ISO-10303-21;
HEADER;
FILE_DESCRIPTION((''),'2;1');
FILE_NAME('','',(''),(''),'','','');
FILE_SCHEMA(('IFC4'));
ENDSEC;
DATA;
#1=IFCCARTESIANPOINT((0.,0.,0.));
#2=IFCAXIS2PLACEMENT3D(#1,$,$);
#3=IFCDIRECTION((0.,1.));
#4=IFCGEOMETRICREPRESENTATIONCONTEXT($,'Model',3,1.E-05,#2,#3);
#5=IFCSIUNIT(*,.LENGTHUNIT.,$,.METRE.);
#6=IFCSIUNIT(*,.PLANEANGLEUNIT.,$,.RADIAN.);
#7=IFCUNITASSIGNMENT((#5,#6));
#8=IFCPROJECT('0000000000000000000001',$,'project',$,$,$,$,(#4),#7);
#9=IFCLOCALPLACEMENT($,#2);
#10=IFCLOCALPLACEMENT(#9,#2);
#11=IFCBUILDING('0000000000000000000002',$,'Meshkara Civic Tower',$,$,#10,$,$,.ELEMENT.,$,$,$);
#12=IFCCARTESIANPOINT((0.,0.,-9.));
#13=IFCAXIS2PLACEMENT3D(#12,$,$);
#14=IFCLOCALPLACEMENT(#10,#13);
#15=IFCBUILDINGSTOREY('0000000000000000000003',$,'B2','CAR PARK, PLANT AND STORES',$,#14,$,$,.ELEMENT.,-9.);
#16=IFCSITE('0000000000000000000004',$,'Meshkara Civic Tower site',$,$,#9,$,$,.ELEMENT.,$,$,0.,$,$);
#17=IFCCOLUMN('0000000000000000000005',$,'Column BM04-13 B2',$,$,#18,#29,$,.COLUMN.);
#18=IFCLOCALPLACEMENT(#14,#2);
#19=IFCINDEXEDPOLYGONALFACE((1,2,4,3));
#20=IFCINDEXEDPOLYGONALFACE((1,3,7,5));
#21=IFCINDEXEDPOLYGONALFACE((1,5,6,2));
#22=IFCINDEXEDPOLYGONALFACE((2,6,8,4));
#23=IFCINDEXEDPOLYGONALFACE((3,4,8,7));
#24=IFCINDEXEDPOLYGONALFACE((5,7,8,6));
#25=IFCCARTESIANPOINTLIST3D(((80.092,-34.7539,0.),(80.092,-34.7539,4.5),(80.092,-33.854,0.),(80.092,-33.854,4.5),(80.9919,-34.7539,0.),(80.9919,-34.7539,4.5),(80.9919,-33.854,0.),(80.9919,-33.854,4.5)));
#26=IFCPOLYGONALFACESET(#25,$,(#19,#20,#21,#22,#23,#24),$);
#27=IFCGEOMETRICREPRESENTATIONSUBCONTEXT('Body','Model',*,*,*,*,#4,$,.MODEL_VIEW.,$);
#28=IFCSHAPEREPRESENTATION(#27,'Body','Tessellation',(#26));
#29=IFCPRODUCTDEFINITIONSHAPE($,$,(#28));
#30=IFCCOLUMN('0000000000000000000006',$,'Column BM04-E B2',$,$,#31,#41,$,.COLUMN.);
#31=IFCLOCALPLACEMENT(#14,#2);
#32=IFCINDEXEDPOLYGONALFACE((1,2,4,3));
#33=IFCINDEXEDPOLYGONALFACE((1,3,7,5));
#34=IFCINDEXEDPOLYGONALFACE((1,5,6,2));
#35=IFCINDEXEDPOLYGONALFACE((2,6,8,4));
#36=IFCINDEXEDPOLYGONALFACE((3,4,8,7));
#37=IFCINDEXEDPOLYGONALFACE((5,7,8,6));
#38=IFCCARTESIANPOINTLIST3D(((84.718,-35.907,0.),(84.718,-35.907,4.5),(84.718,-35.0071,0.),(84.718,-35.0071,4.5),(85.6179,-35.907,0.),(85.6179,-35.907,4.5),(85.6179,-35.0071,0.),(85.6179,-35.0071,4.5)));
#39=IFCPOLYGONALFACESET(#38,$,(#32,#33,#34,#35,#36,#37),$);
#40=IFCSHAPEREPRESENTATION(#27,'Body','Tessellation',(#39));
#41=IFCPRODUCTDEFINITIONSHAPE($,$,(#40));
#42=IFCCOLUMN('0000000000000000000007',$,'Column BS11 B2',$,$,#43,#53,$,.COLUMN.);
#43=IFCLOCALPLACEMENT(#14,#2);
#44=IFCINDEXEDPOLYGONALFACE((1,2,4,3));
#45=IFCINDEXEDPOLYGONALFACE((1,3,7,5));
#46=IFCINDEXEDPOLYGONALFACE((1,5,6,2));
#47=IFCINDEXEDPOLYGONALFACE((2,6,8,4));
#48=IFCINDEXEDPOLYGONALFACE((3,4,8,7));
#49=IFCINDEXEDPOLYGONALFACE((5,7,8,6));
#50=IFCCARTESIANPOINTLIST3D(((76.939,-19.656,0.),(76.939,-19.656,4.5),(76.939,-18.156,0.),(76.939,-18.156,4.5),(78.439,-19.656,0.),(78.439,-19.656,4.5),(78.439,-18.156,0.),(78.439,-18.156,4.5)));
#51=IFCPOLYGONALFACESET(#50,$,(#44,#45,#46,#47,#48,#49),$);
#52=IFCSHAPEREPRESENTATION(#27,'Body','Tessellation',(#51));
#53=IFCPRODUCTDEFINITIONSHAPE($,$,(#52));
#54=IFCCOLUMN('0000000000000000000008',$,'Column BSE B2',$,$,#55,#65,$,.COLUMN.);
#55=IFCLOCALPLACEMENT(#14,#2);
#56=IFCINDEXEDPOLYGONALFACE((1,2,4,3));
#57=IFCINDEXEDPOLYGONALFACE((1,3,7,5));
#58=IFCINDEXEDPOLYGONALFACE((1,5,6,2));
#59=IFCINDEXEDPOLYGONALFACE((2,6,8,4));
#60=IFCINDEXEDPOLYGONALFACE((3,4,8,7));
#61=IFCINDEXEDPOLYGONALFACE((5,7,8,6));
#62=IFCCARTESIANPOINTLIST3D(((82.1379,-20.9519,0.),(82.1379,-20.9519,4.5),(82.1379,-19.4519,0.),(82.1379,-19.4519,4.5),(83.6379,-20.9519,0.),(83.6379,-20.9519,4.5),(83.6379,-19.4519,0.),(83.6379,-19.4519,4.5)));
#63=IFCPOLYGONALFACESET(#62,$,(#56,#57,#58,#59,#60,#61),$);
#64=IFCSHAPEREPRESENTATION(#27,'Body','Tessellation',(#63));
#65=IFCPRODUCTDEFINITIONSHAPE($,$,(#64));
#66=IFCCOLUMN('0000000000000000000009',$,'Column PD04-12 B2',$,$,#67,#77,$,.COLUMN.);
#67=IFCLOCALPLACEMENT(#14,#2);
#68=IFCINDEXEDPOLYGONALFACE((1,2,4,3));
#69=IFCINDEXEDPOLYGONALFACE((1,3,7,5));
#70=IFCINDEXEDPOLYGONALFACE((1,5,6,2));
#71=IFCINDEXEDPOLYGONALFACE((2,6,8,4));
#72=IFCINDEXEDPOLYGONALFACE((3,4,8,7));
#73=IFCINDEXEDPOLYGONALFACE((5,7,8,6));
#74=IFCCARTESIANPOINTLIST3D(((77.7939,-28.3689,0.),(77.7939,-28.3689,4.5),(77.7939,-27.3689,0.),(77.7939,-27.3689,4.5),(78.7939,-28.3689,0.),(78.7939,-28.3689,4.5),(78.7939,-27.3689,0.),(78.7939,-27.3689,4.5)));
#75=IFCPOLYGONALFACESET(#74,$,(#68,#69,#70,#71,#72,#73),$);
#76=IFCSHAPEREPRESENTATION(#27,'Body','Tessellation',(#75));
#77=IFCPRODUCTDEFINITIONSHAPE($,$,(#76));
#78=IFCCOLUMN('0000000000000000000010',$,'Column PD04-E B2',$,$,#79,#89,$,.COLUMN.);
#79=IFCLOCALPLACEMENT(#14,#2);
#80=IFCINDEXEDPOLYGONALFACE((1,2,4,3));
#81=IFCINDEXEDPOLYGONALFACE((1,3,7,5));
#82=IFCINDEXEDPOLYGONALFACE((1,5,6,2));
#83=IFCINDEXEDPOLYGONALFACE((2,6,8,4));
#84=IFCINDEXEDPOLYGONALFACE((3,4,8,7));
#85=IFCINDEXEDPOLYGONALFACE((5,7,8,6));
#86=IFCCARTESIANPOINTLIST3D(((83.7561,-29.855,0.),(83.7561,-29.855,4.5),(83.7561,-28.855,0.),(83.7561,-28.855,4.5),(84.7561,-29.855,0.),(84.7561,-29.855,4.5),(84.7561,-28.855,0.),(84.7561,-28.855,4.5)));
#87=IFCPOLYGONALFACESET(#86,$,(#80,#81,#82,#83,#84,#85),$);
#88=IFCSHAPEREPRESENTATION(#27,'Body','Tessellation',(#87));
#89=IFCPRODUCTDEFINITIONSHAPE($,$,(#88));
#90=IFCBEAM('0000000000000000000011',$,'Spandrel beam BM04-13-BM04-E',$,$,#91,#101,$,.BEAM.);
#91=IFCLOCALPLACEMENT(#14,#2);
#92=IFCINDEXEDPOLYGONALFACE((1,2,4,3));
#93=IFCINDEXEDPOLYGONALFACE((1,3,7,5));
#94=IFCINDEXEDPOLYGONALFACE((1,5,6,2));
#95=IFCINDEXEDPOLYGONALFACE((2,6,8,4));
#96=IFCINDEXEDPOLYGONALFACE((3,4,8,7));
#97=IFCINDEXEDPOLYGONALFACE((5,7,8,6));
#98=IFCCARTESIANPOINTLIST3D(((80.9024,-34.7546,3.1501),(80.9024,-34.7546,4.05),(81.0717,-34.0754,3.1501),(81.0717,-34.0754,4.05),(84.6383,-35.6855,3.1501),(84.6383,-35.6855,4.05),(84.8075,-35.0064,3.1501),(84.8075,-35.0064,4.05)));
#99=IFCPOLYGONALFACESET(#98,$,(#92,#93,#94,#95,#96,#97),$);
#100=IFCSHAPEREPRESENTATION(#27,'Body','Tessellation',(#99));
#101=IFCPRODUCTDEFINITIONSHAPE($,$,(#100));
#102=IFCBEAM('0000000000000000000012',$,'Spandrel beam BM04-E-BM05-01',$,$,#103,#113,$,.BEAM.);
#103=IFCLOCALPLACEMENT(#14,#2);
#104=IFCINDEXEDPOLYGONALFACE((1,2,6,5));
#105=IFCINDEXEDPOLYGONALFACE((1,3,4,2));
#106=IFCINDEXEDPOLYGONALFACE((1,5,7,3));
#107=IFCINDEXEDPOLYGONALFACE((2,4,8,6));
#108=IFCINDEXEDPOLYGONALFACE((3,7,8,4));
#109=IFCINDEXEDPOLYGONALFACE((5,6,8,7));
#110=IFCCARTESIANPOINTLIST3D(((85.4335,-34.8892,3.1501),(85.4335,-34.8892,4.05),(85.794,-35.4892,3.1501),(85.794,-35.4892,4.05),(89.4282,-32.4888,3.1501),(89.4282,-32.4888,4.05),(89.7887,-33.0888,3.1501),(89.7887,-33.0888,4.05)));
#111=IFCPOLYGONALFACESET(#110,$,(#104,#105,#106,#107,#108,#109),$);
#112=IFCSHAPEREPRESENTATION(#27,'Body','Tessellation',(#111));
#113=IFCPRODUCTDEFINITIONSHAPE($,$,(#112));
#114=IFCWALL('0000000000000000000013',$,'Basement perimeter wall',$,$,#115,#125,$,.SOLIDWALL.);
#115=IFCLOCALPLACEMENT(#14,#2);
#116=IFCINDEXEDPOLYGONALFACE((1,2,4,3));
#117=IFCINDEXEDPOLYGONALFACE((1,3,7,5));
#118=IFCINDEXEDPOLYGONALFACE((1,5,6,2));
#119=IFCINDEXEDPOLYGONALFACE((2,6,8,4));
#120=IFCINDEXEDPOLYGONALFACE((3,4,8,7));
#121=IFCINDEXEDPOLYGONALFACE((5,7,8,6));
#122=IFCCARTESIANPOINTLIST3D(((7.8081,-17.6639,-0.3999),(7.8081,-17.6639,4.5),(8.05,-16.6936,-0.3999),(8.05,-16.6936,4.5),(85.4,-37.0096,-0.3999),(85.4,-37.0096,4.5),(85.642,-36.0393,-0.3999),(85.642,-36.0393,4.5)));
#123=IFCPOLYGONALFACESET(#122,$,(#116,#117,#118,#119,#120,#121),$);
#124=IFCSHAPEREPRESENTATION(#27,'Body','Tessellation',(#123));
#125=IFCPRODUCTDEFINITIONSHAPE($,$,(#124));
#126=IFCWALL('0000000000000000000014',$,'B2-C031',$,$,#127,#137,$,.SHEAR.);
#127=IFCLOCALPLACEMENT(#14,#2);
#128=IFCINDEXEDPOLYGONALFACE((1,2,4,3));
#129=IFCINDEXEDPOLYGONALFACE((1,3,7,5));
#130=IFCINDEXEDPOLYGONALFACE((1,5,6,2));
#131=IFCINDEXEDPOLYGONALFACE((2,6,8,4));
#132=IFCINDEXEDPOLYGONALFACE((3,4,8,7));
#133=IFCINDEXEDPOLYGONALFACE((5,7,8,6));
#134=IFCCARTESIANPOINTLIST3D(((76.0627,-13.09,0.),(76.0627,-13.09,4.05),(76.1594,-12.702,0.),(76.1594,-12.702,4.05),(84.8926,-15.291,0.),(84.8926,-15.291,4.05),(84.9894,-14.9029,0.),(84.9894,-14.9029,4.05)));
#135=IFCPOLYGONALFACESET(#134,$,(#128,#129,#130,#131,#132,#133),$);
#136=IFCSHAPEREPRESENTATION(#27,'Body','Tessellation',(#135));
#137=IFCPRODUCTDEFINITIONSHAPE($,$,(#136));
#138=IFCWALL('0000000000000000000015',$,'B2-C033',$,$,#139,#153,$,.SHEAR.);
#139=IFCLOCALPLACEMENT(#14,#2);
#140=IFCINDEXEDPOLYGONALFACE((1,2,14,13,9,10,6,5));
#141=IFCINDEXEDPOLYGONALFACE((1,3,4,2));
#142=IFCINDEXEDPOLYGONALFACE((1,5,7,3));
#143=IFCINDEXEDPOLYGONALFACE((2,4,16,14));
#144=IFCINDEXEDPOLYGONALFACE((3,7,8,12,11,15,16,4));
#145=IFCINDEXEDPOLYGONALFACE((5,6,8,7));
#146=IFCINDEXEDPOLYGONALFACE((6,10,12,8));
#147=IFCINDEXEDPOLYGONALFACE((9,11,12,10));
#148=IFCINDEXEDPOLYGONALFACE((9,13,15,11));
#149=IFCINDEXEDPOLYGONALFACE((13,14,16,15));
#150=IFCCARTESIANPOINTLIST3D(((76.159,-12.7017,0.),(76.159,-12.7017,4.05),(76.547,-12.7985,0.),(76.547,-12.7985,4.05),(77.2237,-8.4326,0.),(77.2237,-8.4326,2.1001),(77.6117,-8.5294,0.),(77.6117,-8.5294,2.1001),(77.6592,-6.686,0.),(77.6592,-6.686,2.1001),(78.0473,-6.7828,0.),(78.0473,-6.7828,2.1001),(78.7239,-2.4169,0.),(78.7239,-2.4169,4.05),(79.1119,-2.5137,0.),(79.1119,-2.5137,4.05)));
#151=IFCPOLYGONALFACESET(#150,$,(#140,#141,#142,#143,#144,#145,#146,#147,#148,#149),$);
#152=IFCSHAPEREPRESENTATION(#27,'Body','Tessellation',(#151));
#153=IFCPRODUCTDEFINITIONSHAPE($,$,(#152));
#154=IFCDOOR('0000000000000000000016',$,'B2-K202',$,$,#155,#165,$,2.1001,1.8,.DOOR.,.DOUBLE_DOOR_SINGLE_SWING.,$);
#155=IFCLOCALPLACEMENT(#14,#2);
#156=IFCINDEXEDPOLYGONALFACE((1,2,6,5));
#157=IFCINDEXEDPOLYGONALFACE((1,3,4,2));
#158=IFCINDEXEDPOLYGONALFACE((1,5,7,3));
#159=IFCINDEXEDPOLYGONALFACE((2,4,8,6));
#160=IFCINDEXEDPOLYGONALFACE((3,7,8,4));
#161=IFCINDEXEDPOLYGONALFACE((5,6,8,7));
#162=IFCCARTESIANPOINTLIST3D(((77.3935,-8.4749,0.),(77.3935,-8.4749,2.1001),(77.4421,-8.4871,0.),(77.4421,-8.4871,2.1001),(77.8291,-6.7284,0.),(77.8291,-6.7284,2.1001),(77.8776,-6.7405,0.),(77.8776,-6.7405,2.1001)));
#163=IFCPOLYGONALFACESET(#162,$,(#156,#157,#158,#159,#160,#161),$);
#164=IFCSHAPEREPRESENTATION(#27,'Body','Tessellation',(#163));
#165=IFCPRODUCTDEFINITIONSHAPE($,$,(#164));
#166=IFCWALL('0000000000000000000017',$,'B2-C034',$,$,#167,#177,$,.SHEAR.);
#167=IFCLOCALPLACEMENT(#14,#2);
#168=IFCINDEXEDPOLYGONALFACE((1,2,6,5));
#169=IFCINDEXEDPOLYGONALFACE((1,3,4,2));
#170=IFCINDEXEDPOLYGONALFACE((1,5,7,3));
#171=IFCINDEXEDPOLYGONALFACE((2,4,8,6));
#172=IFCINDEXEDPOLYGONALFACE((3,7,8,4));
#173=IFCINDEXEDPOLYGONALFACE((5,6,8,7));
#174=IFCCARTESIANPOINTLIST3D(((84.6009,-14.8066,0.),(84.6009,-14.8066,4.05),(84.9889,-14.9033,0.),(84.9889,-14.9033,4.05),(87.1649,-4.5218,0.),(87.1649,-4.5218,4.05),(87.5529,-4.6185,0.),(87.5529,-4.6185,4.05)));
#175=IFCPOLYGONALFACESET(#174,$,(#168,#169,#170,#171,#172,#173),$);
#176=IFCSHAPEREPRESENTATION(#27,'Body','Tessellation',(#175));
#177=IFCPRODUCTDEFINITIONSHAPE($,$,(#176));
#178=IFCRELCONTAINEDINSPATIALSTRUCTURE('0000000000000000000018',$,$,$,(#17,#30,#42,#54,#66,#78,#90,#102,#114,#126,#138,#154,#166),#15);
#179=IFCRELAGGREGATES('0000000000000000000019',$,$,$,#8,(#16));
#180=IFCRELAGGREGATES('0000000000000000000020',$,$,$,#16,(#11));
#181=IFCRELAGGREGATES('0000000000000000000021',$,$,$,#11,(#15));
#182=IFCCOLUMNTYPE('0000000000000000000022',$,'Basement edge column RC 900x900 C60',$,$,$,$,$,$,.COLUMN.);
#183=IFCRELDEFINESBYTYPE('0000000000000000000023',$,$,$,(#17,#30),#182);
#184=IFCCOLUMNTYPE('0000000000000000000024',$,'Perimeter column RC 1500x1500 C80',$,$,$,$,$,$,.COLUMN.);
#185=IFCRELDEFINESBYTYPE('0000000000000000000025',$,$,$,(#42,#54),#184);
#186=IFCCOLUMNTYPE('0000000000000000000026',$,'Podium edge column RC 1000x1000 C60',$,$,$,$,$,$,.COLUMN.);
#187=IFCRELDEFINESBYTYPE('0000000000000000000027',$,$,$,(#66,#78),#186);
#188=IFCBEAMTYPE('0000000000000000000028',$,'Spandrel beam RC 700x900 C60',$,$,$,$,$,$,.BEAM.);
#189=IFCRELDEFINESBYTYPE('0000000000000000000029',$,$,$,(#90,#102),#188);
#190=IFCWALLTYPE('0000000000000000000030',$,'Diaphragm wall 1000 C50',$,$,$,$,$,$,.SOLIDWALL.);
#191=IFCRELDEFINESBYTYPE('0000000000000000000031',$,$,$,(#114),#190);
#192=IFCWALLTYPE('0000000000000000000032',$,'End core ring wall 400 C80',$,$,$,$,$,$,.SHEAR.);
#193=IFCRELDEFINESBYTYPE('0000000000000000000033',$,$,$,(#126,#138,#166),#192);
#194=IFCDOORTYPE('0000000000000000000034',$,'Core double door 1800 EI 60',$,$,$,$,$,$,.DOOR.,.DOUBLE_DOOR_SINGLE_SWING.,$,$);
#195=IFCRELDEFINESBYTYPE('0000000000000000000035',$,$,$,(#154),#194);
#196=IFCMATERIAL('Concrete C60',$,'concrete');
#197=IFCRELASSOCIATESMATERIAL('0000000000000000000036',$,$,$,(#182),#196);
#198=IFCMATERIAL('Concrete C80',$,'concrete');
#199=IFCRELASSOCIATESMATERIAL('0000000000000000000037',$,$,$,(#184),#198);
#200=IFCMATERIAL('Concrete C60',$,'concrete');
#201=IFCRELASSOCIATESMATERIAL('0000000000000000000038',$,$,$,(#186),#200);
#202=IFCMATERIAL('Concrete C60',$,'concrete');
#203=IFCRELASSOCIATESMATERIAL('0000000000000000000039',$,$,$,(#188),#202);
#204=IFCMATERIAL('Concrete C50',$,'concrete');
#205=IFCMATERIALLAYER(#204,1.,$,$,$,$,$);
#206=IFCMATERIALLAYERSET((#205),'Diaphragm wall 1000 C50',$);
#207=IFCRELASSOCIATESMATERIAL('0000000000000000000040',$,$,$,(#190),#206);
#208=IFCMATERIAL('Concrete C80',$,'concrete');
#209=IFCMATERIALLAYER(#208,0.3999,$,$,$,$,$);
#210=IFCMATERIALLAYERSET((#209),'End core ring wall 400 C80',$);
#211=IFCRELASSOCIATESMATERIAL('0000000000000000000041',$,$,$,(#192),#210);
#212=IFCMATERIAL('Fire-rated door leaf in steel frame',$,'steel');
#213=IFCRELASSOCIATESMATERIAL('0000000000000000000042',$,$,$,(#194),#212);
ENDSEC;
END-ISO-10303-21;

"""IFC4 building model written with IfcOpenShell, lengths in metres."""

from ifc_helpers import new_model, si_unit, direction, frame, frame_2d, origin, origin_2d, place, context, subcontext, project, spatial, rectangle, extrude, material, layer, layer_set, material_profile, profile_set, type_object, element, fill, save


model = new_model("IFC4")

# Units and contexts
model_context = context("Model", 3, precision=1e-05, world=origin(), true_north=direction((0.0, 1.0)))
body_context = subcontext(model_context, "Body", "Model", "MODEL_VIEW")
ifc_project = project(units=[si_unit("LENGTHUNIT", "METRE"), si_unit("PLANEANGLEUNIT", "RADIAN")], contexts=[model_context])

# Site, building, storey
site_placement = place(None, origin())
site = spatial("IfcSite", under=ifc_project, at=site_placement, Name="Meshkara Civic Tower site", CompositionType="ELEMENT", RefElevation=0.0)
building_placement = place(site_placement, origin())
building = spatial("IfcBuilding", under=site, at=building_placement, Name="Meshkara Civic Tower", CompositionType="ELEMENT")
storey_placement = place(building_placement, frame((0.0, 0.0, -9.0)))
storey = spatial("IfcBuildingStorey", under=building, at=storey_placement, Name="B2", Description="CAR PARK, PLANT AND STORES", CompositionType="ELEMENT", Elevation=-9.0)

# Columns
ifc_material_1 = material(Name="Concrete C60", Category="concrete")
ifc_material_profile_1 = material_profile(ifc_material_1, rectangle(XDim=0.8999, YDim=0.8999, at=origin_2d()))
ifc_profile_set_1 = profile_set([ifc_material_profile_1], Name="Concrete C60")
column_type_1 = type_object("IfcColumnType", Name="Basement edge column RC 900x900 C60", PredefinedType="COLUMN", material=ifc_profile_set_1)
for number, where, z_axis, x_axis, name in (
    (1, (80.542, -34.304, 0.0), (0.0, 0.0, 1.0), (1.0, 0.0, 0.0), "Column BM04-13 B2"),
    (2, (85.168, -35.457, 0.0), (0.0, 0.0, 1.0), (1.0, 0.0, 0.0), "Column BM04-E B2"),
):
    element("IfcColumn", number, at=place(storey_placement, frame(where, z_axis=z_axis, x_axis=x_axis)), inside=storey, type_object=column_type_1, Name=name, PredefinedType="COLUMN", context=body_context, shape_type="SweptSolid", body=[
        extrude(rectangle(XDim=0.8999, YDim=0.8999, at=origin_2d()), origin(), (0.0, 0.0, 1.0), 4.5),
    ])
ifc_material_2 = material(Name="Concrete C80", Category="concrete")
ifc_material_profile_2 = material_profile(ifc_material_2, rectangle(XDim=1.5, YDim=1.5, at=origin_2d()))
ifc_profile_set_2 = profile_set([ifc_material_profile_2], Name="Concrete C80")
column_type_2 = type_object("IfcColumnType", Name="Perimeter column RC 1500x1500 C80", PredefinedType="COLUMN", material=ifc_profile_set_2)
for number, where, z_axis, x_axis, name in (
    (3, (77.689, -18.906, 0.0), (0.0, 0.0, 1.0), (1.0, 0.0, 0.0), "Column BS11 B2"),
    (4, (82.8879, -20.2019, 0.0), (0.0, 0.0, 1.0), (1.0, 0.0, 0.0), "Column BSE B2"),
):
    element("IfcColumn", number, at=place(storey_placement, frame(where, z_axis=z_axis, x_axis=x_axis)), inside=storey, type_object=column_type_2, Name=name, PredefinedType="COLUMN", context=body_context, shape_type="SweptSolid", body=[
        extrude(rectangle(XDim=1.5, YDim=1.5, at=origin_2d()), origin(), (0.0, 0.0, 1.0), 4.5),
    ])
ifc_material_3 = material(Name="Concrete C60", Category="concrete")
ifc_material_profile_3 = material_profile(ifc_material_3, rectangle(XDim=1.0, YDim=1.0, at=origin_2d()))
ifc_profile_set_3 = profile_set([ifc_material_profile_3], Name="Concrete C60")
column_type_3 = type_object("IfcColumnType", Name="Podium edge column RC 1000x1000 C60", PredefinedType="COLUMN", material=ifc_profile_set_3)
for number, where, z_axis, x_axis, name in (
    (5, (78.2939, -27.8689, 0.0), (0.0, 0.0, 1.0), (1.0, 0.0, 0.0), "Column PD04-12 B2"),
    (6, (84.2561, -29.355, 0.0), (0.0, 0.0, 1.0), (1.0, 0.0, 0.0), "Column PD04-E B2"),
):
    element("IfcColumn", number, at=place(storey_placement, frame(where, z_axis=z_axis, x_axis=x_axis)), inside=storey, type_object=column_type_3, Name=name, PredefinedType="COLUMN", context=body_context, shape_type="SweptSolid", body=[
        extrude(rectangle(XDim=1.0, YDim=1.0, at=origin_2d()), origin(), (0.0, 0.0, 1.0), 4.5),
    ])

# Beams
ifc_material_4 = material(Name="Concrete C60", Category="concrete")
ifc_material_profile_4 = material_profile(ifc_material_4, rectangle(XDim=0.7, YDim=0.8999, at=origin_2d()))
ifc_profile_set_4 = profile_set([ifc_material_profile_4], Name="Concrete C60")
beam_type = type_object("IfcBeamType", Name="Spandrel beam RC 700x900 C60", PredefinedType="BEAM", material=ifc_profile_set_4)
beam_1_placement = place(storey_placement, frame((80.9871, -34.415, 3.6001), z_axis=(0.970329, -0.24179, 0.0), x_axis=(0.24179, 0.970329, 0.0)))
element("IfcBeam", 7, at=beam_1_placement, inside=storey, type_object=beam_type, Name="Spandrel beam BM04-13-BM04-E", PredefinedType="BEAM", context=body_context, shape_type="SweptSolid", body=[
    extrude(rectangle(XDim=0.7, YDim=0.8999, at=origin_2d()), origin(), (0.0, 0.0, 1.0), 3.8501),
])
beam_2_placement = place(storey_placement, frame((85.6138, -35.1892, 3.6001), z_axis=(0.857151, 0.515066, 0.0), x_axis=(-0.515066, 0.857151, 0.0)))
element("IfcBeam", 8, at=beam_2_placement, inside=storey, type_object=beam_type, Name="Spandrel beam BM04-E-BM05-01", PredefinedType="BEAM", context=body_context, shape_type="SweptSolid", body=[
    extrude(rectangle(XDim=0.7, YDim=0.8999, at=origin_2d()), origin(), (0.0, 0.0, 1.0), 4.6604),
])

# Walls
ifc_material_5 = material(Name="Concrete C50", Category="concrete")
ifc_layer_1 = layer(ifc_material_5, 1.0)
ifc_layer_set_1 = layer_set([ifc_layer_1], Name="Diaphragm wall 1000 C50")
wall_type_1 = type_object("IfcWallType", Name="Diaphragm wall 1000 C50", PredefinedType="SOLIDWALL", material=ifc_layer_set_1)
wall_1_placement = place(storey_placement, frame((85.521, -36.5244, -0.3999), z_axis=(0.0, 0.0, 1.0), x_axis=(-0.970296, 0.24192, 0.0)))
element("IfcWall", 9, at=wall_1_placement, inside=storey, type_object=wall_type_1, Name="Basement perimeter wall", PredefinedType="SOLIDWALL", context=body_context, shape_type="SweptSolid", body=[
    extrude(rectangle(XDim=79.9673, YDim=1.0, at=frame_2d((39.9836, 0.0))), origin(), (0.0, 0.0, 1.0), 4.8999),
])
ifc_material_6 = material(Name="Concrete C80", Category="concrete")
ifc_layer_2 = layer(ifc_material_6, 0.3999)
ifc_layer_set_2 = layer_set([ifc_layer_2], Name="End core ring wall 400 C80")
wall_type_2 = type_object("IfcWallType", Name="End core ring wall 400 C80", PredefinedType="SHEAR", material=ifc_layer_set_2)
wall_2_placement = place(storey_placement, frame((76.1111, -12.896, 0.0), z_axis=(0.0, 0.0, 1.0), x_axis=(0.970311, -0.24186, 0.0)))
element("IfcWall", 10, at=wall_2_placement, inside=storey, type_object=wall_type_2, Name="B2-C031", PredefinedType="SHEAR", context=body_context, shape_type="SweptSolid", body=[
    extrude(rectangle(XDim=9.1001, YDim=0.3999, at=frame_2d((4.55, 0.0))), origin(), (0.0, 0.0, 1.0), 4.05),
])

# Wall, opening, door
wall_3_placement = place(storey_placement, frame((76.353, -12.75, 0.0), z_axis=(0.0, 0.0, 1.0), x_axis=(0.241977, 0.970282, 0.0)))
wall_3 = element("IfcWall", 11, at=wall_3_placement, inside=storey, type_object=wall_type_2, Name="B2-C033", PredefinedType="SHEAR", context=body_context, shape_type="SweptSolid", body=[
    extrude(rectangle(XDim=10.5999, YDim=0.3999, at=frame_2d((5.2998, 0.0))), origin(), (0.0, 0.0, 1.0), 4.05),
])
opening_placement = place(wall_3_placement, frame((4.3999, 0.0, 0.0)))
opening = element("IfcOpeningElement", 12, at=opening_placement, cuts=wall_3, PredefinedType="OPENING", context=body_context, shape_type="SweptSolid", body=[
    extrude(rectangle(XDim=1.8, YDim=2.1001, at=frame_2d((0.8999, 1.05))), frame((0.0, 0.21, 0.0), z_axis=(0.0, -1.0, 0.0), x_axis=(1.0, 0.0, 0.0)), (0.0, 0.0, 1.0), 0.4199),
])
ifc_material_7 = material(Name="Fire-rated door leaf in steel frame", Category="steel")
door_type = type_object("IfcDoorType", Name="Core double door 1800 EI 60", OperationType="DOUBLE_DOOR_SINGLE_SWING", PredefinedType="DOOR", material=ifc_material_7)
door_placement = place(opening_placement, origin())
door = element("IfcDoor", 13, at=door_placement, inside=storey, type_object=door_type, Name="B2-K202", OperationType="DOUBLE_DOOR_SINGLE_SWING", OverallHeight=2.1001, OverallWidth=1.8, PredefinedType="DOOR", context=body_context, shape_type="SweptSolid", body=[
    extrude(rectangle(XDim=1.8, YDim=2.1001, at=frame_2d((0.8999, 1.05))), frame((0.0, 0.0249, 0.0), z_axis=(0.0, -1.0, 0.0), x_axis=(1.0, 0.0, 0.0)), (0.0, 0.0, 1.0), 0.05),
])
fill(opening, door)

# Wall
wall_4_placement = place(storey_placement, frame((84.7949, -14.855, 0.0), z_axis=(0.0, 0.0, 1.0), x_axis=(0.241891, 0.970304, 0.0)))
element("IfcWall", 14, at=wall_4_placement, inside=storey, type_object=wall_type_2, Name="B2-C034", PredefinedType="SHEAR", context=body_context, shape_type="SweptSolid", body=[
    extrude(rectangle(XDim=10.5996, YDim=0.3999, at=frame_2d((5.2998, 0.0))), origin(), (0.0, 0.0, 1.0), 4.05),
])

save(model, "model.ifc")
